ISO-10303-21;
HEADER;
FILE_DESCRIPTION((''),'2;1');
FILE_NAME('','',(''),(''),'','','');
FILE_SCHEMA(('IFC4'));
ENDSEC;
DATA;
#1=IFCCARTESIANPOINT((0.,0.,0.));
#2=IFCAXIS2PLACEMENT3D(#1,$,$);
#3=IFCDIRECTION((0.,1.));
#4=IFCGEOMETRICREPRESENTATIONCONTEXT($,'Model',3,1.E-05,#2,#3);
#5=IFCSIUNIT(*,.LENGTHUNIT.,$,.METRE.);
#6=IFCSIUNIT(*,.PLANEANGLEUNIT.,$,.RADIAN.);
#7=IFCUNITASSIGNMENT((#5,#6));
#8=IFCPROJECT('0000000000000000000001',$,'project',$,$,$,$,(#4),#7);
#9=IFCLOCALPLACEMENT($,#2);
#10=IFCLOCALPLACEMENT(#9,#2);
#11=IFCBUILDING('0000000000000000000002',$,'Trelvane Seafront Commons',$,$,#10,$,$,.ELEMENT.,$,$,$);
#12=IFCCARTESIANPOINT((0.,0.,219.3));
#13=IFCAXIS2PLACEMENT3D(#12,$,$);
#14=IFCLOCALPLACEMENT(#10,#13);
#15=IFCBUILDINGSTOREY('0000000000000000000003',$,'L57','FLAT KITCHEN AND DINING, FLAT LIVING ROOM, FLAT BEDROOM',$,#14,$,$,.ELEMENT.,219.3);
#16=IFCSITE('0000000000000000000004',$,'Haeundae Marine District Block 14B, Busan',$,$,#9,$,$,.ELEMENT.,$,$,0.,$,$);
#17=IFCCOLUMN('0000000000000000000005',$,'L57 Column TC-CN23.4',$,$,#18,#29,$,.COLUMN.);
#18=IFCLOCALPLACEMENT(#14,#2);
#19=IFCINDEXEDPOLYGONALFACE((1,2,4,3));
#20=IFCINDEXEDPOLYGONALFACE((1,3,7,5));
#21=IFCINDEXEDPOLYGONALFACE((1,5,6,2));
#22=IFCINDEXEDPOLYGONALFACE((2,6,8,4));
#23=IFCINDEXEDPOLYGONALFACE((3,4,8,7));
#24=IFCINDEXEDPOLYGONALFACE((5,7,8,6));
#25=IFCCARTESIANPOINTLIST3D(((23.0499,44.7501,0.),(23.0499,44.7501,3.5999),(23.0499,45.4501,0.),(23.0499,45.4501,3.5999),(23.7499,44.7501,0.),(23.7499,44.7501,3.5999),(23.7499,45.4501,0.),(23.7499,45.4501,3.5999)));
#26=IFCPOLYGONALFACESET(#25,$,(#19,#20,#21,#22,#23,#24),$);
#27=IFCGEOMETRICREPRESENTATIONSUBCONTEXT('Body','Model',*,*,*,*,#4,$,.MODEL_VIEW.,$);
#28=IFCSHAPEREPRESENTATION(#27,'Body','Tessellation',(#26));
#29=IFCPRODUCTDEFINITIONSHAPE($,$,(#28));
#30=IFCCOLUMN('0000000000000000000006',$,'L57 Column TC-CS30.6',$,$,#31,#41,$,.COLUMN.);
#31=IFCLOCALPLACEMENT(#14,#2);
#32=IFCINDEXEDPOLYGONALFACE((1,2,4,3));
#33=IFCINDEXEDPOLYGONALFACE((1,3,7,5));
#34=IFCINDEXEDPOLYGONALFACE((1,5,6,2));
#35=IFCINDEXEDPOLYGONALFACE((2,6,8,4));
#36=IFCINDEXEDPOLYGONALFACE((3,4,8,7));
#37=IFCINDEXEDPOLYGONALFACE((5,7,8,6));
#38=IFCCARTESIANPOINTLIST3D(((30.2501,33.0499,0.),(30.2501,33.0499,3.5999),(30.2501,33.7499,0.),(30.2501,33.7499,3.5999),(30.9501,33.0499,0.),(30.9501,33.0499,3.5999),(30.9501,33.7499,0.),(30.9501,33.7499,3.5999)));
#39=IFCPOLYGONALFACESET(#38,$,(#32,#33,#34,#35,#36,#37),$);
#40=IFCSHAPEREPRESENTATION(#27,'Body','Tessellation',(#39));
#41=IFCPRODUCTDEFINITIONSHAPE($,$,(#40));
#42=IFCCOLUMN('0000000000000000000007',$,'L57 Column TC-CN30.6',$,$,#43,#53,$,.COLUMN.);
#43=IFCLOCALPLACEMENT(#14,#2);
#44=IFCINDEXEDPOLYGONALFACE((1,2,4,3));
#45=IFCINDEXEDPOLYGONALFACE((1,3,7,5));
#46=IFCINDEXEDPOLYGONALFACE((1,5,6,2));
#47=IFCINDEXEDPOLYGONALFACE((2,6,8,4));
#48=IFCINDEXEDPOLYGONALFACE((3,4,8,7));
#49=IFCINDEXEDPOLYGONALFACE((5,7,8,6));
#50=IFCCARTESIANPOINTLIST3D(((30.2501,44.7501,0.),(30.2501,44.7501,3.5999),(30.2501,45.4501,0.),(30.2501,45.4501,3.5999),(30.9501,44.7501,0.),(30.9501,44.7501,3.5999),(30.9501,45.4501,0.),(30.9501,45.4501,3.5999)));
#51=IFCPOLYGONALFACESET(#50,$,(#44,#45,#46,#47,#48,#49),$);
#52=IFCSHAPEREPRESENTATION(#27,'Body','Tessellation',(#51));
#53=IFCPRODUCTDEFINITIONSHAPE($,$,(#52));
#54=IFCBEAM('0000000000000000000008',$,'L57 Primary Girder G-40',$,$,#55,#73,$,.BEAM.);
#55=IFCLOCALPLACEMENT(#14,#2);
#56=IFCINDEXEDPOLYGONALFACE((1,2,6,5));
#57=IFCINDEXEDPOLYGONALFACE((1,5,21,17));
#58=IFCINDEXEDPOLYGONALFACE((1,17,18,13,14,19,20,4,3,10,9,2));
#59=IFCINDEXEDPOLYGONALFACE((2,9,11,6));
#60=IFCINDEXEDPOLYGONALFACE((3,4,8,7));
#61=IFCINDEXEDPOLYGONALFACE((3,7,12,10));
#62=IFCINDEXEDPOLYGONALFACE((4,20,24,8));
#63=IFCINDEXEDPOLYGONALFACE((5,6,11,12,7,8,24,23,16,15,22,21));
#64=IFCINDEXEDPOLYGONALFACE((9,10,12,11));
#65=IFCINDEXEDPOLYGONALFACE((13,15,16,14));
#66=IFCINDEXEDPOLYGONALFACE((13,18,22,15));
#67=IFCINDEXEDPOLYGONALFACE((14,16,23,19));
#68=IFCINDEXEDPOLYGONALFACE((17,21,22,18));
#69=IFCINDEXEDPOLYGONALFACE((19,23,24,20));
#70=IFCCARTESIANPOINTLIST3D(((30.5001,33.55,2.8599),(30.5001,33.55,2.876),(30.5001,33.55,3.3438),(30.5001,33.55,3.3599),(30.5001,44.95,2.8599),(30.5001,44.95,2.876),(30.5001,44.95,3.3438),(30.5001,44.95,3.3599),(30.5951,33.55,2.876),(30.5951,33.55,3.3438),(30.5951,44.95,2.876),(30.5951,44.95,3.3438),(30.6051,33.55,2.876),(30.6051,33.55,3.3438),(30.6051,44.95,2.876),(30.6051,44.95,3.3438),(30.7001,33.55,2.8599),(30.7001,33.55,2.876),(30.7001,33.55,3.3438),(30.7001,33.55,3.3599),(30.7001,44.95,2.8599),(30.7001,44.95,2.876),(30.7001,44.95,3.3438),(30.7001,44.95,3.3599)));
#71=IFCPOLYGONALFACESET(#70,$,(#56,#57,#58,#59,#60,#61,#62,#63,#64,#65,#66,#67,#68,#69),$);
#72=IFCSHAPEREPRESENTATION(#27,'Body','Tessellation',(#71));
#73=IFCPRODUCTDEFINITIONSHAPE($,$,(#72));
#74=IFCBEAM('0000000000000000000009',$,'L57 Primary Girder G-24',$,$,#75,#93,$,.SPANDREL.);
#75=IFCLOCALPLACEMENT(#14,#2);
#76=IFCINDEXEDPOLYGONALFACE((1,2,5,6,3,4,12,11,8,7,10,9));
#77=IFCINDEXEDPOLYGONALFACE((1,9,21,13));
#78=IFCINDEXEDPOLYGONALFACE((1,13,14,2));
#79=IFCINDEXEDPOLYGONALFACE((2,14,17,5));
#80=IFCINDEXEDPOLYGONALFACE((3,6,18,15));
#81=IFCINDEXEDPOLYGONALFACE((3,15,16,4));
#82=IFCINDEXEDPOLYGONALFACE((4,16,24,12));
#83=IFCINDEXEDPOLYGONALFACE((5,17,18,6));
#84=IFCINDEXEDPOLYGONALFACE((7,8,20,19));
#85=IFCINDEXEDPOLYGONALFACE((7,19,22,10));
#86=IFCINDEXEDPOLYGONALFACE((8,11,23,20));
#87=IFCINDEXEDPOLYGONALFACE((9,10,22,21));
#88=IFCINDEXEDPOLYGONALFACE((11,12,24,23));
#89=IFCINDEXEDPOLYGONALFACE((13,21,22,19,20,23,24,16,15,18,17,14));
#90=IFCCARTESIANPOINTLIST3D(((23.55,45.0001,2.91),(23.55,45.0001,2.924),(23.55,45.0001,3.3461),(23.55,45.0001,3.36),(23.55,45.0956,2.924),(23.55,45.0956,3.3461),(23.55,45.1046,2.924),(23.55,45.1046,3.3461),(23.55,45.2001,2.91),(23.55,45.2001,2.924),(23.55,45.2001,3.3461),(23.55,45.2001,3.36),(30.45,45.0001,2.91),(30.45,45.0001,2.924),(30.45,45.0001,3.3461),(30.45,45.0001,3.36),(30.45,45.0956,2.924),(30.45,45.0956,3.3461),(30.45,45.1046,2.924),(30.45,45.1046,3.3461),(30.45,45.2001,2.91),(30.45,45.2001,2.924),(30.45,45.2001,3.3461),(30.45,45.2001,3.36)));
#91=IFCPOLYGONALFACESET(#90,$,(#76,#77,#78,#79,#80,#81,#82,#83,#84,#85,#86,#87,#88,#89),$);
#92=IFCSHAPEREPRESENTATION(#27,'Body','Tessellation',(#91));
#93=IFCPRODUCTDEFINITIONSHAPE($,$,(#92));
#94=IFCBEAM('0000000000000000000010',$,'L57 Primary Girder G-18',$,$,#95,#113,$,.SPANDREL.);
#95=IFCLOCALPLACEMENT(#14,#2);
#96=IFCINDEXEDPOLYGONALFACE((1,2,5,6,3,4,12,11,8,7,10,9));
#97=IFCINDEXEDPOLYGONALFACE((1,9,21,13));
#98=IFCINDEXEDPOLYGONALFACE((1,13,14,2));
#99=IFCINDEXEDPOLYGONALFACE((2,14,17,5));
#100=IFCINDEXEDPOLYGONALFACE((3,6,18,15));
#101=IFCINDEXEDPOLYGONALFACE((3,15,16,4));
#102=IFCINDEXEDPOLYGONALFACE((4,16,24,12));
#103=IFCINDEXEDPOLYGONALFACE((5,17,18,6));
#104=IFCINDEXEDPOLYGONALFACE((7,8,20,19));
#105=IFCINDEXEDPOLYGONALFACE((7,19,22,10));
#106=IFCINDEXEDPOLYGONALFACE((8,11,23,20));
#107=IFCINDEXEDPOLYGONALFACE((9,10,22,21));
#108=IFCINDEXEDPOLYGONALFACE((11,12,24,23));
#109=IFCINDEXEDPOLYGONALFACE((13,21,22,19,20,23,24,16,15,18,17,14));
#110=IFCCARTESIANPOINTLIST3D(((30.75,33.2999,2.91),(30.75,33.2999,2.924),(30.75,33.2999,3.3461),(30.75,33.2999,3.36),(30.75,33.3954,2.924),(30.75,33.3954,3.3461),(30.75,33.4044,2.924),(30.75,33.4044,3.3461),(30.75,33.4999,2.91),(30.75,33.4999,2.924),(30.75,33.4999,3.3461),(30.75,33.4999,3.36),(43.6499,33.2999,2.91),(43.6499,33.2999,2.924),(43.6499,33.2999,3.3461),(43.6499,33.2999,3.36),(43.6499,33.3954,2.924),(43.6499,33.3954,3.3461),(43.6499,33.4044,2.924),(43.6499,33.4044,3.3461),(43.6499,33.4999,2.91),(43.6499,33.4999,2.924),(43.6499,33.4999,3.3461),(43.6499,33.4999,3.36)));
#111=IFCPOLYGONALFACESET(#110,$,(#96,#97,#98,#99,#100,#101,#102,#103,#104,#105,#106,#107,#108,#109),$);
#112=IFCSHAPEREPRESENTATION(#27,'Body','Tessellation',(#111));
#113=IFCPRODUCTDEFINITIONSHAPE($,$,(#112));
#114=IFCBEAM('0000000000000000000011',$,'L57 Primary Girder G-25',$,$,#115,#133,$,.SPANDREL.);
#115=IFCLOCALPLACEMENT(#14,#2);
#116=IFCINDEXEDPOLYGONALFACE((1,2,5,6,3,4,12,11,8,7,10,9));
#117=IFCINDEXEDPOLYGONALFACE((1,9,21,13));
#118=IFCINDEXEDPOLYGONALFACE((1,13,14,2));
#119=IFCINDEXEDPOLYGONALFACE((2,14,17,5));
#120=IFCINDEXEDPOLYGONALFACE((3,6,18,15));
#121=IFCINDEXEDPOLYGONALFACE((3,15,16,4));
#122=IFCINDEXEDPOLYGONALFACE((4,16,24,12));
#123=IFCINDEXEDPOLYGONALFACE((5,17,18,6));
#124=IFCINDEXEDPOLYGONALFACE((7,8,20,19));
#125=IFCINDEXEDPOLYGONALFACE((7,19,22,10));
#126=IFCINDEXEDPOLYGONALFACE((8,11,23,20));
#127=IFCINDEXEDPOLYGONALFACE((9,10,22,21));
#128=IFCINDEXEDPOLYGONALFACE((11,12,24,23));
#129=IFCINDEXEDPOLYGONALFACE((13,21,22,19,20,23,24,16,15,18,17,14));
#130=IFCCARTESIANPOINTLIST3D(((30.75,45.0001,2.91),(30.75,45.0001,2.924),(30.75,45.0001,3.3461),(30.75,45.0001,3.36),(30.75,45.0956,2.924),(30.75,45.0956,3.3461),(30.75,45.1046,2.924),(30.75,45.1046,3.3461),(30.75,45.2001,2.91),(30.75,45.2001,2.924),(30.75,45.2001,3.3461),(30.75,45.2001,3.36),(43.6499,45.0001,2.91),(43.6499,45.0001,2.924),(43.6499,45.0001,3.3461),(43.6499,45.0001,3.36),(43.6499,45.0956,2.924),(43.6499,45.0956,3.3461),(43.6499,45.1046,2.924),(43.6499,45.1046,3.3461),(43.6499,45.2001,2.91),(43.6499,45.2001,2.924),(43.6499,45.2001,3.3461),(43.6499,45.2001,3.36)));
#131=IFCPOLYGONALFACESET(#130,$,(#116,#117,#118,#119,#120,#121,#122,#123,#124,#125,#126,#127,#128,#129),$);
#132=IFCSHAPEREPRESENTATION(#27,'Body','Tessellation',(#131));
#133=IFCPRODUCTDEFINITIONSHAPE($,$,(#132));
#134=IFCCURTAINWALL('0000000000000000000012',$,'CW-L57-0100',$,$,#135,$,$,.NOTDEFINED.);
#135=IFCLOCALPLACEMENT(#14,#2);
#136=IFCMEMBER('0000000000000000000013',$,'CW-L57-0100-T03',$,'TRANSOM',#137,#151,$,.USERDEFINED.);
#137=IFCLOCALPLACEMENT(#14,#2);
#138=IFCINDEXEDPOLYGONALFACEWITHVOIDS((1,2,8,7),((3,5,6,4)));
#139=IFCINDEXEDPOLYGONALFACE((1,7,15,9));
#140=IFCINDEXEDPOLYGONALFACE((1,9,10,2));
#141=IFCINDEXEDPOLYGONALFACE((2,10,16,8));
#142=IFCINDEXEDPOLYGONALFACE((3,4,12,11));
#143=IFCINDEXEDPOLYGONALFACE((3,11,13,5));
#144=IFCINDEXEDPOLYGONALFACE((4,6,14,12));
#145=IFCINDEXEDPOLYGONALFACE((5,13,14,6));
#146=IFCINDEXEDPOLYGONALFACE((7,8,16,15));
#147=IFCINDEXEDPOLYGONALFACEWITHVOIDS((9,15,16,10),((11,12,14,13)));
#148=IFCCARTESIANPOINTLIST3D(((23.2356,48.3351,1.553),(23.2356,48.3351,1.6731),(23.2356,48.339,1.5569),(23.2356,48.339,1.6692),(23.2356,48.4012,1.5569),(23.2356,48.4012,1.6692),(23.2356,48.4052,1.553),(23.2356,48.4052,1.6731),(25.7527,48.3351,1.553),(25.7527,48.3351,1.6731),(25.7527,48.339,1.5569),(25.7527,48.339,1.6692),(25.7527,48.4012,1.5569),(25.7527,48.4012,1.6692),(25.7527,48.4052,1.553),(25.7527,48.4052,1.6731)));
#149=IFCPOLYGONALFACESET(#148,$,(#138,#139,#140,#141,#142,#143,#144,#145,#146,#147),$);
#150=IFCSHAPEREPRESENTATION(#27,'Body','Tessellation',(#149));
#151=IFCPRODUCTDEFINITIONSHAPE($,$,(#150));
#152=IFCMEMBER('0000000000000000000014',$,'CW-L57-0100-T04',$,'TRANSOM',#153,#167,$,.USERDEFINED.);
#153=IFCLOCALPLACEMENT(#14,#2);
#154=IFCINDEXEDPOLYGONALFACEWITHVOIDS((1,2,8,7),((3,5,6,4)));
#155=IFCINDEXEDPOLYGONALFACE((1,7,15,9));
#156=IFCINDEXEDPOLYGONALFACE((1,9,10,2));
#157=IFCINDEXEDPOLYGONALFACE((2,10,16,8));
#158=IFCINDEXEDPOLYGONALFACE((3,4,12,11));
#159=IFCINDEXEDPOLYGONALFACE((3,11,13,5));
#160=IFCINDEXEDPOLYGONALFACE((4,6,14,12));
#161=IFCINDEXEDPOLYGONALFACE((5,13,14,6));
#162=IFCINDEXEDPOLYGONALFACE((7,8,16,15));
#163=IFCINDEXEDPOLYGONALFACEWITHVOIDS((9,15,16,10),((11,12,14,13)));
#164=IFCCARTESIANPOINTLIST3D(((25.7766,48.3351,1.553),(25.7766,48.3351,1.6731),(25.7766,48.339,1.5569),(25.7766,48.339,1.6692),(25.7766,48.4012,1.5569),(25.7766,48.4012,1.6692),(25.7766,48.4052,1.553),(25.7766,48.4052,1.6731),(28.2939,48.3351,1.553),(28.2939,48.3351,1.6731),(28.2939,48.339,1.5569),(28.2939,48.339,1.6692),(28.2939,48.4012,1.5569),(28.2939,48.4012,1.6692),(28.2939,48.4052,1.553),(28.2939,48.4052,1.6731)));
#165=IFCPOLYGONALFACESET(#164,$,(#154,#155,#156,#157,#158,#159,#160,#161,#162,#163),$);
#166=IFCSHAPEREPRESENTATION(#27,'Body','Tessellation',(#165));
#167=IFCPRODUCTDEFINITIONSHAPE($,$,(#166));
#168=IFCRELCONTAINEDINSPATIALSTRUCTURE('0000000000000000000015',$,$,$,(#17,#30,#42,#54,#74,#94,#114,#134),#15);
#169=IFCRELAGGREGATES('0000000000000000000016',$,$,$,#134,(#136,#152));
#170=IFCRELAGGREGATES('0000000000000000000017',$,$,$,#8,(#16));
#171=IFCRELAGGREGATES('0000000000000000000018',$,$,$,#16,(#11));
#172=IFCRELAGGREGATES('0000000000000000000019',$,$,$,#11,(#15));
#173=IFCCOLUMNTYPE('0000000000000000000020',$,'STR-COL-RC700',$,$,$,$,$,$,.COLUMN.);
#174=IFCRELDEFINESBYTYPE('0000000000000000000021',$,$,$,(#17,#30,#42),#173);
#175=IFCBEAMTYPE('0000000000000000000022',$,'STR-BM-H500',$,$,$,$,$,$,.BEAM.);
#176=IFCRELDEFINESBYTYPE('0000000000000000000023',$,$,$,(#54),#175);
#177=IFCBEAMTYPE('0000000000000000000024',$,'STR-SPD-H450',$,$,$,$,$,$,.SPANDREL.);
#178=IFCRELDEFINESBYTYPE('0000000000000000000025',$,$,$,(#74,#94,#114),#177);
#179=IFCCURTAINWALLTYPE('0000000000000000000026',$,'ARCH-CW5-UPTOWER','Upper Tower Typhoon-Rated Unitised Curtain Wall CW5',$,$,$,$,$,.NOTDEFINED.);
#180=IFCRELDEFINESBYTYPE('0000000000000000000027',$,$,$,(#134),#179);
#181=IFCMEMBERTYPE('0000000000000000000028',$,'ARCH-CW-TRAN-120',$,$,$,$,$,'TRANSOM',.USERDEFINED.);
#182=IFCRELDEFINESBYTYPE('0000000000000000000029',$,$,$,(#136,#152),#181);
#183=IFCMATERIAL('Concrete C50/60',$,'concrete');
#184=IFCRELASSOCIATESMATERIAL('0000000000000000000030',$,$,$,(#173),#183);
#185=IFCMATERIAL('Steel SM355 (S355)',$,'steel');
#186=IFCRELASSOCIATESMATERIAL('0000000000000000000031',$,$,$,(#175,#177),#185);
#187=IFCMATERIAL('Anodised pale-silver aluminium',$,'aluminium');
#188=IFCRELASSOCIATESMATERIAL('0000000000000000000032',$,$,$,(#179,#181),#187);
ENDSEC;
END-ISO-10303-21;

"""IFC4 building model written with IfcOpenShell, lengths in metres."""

from ifc_helpers import new_model, si_unit, direction, frame, origin, origin_2d, place, context, subcontext, project, spatial, rectangle, hollow_rectangle, i_section, extrude, source, transform, mapped, material, material_profile, profile_set, type_object, element, aggregate, save


model = new_model("IFC4")

# Units and contexts
model_context = context("Model", 3, precision=1e-05, world=origin(), true_north=direction((0.0, 1.0)))
body_context = subcontext(model_context, "Body", "Model", "MODEL_VIEW")
ifc_project = project(units=[si_unit("LENGTHUNIT", "METRE"), si_unit("PLANEANGLEUNIT", "RADIAN")], contexts=[model_context])

# Site, building, storey
site_placement = place(None, origin())
site = spatial("IfcSite", under=ifc_project, at=site_placement, Name="Haeundae Marine District Block 14B, Busan", CompositionType="ELEMENT", RefElevation=0.0)
building_placement = place(site_placement, origin())
building = spatial("IfcBuilding", under=site, at=building_placement, Name="Trelvane Seafront Commons", CompositionType="ELEMENT")
storey_placement = place(building_placement, frame((0.0, 0.0, 219.3)))
storey = spatial("IfcBuildingStorey", under=building, at=storey_placement, Name="L57", Description="FLAT KITCHEN AND DINING, FLAT LIVING ROOM, FLAT BEDROOM", CompositionType="ELEMENT", Elevation=219.3)

# Columns
ifc_material_1 = material(Name="Concrete C50/60", Category="concrete")
ifc_material_profile_1 = material_profile(ifc_material_1, rectangle(XDim=0.7, YDim=0.7, at=origin_2d()), Name="RC-700x700")
ifc_profile_set_1 = profile_set([ifc_material_profile_1], Name="Concrete C50/60")
column_type = type_object("IfcColumnType", Name="STR-COL-RC700", PredefinedType="COLUMN", material=ifc_profile_set_1)
shared_shape_1 = source(origin(), body_context, "Body", "SweptSolid", [
    extrude(rectangle(XDim=0.7, YDim=0.7, at=origin_2d()), origin(), (0.0, 0.0, 1.0), 3.5999),
])
for number, where, z_axis, x_axis, name in (
    (1, (23.3999, 45.1001, 0.0), (0.0, 0.0, 1.0), (1.0, 0.0, 0.0), "L57 Column TC-CN23.4"),
    (2, (30.6001, 33.3999, 0.0), (0.0, 0.0, 1.0), (1.0, 0.0, 0.0), "L57 Column TC-CS30.6"),
    (3, (30.6001, 45.1001, 0.0), (0.0, 0.0, 1.0), (1.0, 0.0, 0.0), "L57 Column TC-CN30.6"),
):
    element("IfcColumn", number, at=place(storey_placement, frame(where, z_axis=z_axis, x_axis=x_axis)), inside=storey, type_object=column_type, Name=name, PredefinedType="COLUMN", context=body_context, shape_type="MappedRepresentation", body=[
        mapped(shared_shape_1, transform((0.0, 0.0, 0.0), x_axis=(1.0, 0.0, 0.0), y_axis=(0.0, 1.0, 0.0), z_axis=(0.0, 0.0, 1.0), scale=1.0)),
    ])

# Beams
ifc_material_2 = material(Name="Steel SM355 (S355)", Category="steel")
ifc_material_profile_2 = material_profile(ifc_material_2, i_section(OverallWidth=0.2, OverallDepth=0.5, WebThickness=0.01, FlangeThickness=0.0161, at=origin_2d()), Name="H-500x200x10x16")
ifc_profile_set_2 = profile_set([ifc_material_profile_2], Name="Steel SM355 (S355)")
beam_type_1 = type_object("IfcBeamType", Name="STR-BM-H500", PredefinedType="BEAM", material=ifc_profile_set_2)
shared_shape_2 = source(origin(), body_context, "Body", "SweptSolid", [
    extrude(i_section(OverallWidth=0.2, OverallDepth=0.5, WebThickness=0.01, FlangeThickness=0.0161, at=origin_2d()), origin(), (0.0, 0.0, 1.0), 11.3999),
])
beam_1_placement = place(storey_placement, frame((30.6001, 33.55, 3.1099), z_axis=(0.0, 1.0, 0.0), x_axis=(-1.0, 0.0, 0.0)))
element("IfcBeam", 4, at=beam_1_placement, inside=storey, type_object=beam_type_1, Name="L57 Primary Girder G-40", PredefinedType="BEAM", context=body_context, shape_type="MappedRepresentation", body=[
    mapped(shared_shape_2, transform((0.0, 0.0, 0.0), x_axis=(1.0, 0.0, 0.0), y_axis=(0.0, 1.0, 0.0), z_axis=(0.0, 0.0, 1.0), scale=1.0)),
])
ifc_material_profile_3 = material_profile(ifc_material_2, i_section(OverallWidth=0.2, OverallDepth=0.45, WebThickness=0.009, FlangeThickness=0.0139, at=origin_2d()), Name="H-450x200x9x14")
ifc_profile_set_3 = profile_set([ifc_material_profile_3], Name="Steel SM355 (S355)")
beam_type_2 = type_object("IfcBeamType", Name="STR-SPD-H450", PredefinedType="SPANDREL", material=ifc_profile_set_3)
shared_shape_3 = source(origin(), body_context, "Body", "SweptSolid", [
    extrude(i_section(OverallWidth=0.2, OverallDepth=0.45, WebThickness=0.009, FlangeThickness=0.0139, at=origin_2d()), origin(), (0.0, 0.0, 1.0), 6.8999),
])
beam_2_placement = place(storey_placement, frame((23.55, 45.1001, 3.135), z_axis=(1.0, 0.0, 0.0), x_axis=(0.0, 1.0, 0.0)))
element("IfcBeam", 5, at=beam_2_placement, inside=storey, type_object=beam_type_2, Name="L57 Primary Girder G-24", PredefinedType="SPANDREL", context=body_context, shape_type="MappedRepresentation", body=[
    mapped(shared_shape_3, transform((0.0, 0.0, 0.0), x_axis=(1.0, 0.0, 0.0), y_axis=(0.0, 1.0, 0.0), z_axis=(0.0, 0.0, 1.0), scale=1.0)),
])
shared_shape_4 = source(origin(), body_context, "Body", "SweptSolid", [
    extrude(i_section(OverallWidth=0.2, OverallDepth=0.45, WebThickness=0.009, FlangeThickness=0.0139, at=origin_2d()), origin(), (0.0, 0.0, 1.0), 12.8999),
])
for number, where, z_axis, x_axis, name in (
    (6, (30.75, 33.3999, 3.135), (1.0, 0.0, 0.0), (0.0, 1.0, 0.0), "L57 Primary Girder G-18"),
    (7, (30.75, 45.1001, 3.135), (1.0, 0.0, 0.0), (0.0, 1.0, 0.0), "L57 Primary Girder G-25"),
):
    element("IfcBeam", number, at=place(storey_placement, frame(where, z_axis=z_axis, x_axis=x_axis)), inside=storey, type_object=beam_type_2, Name=name, PredefinedType="SPANDREL", context=body_context, shape_type="MappedRepresentation", body=[
        mapped(shared_shape_4, transform((0.0, 0.0, 0.0), x_axis=(1.0, 0.0, 0.0), y_axis=(0.0, 1.0, 0.0), z_axis=(0.0, 0.0, 1.0), scale=1.0)),
    ])

# Curtain wall, members
ifc_material_3 = material(Name="Anodised pale-silver aluminium", Category="aluminium")
curtain_wall_type = type_object("IfcCurtainWallType", Name="ARCH-CW5-UPTOWER", Description="Upper Tower Typhoon-Rated Unitised Curtain Wall CW5", PredefinedType="NOTDEFINED", material=ifc_material_3)
curtain_wall_placement = place(storey_placement, origin())
curtain_wall = element("IfcCurtainWall", 8, at=curtain_wall_placement, inside=storey, type_object=curtain_wall_type, Name="CW-L57-0100", PredefinedType="NOTDEFINED")
ifc_material_profile_4 = material_profile(ifc_material_3, hollow_rectangle(XDim=0.0701, YDim=0.1201, WallThickness=0.0039, at=origin_2d()), Name="TRAN-70x120x4")
ifc_profile_set_4 = profile_set([ifc_material_profile_4], Name="Anodised pale-silver aluminium")
member_type_1 = type_object("IfcMemberType", Name="ARCH-CW-TRAN-120", ElementType="TRANSOM", PredefinedType="USERDEFINED", material=ifc_profile_set_4)
shared_shape_5 = source(origin(), body_context, "Body", "SweptSolid", [
    extrude(hollow_rectangle(XDim=0.0701, YDim=0.1201, WallThickness=0.0039, at=origin_2d()), origin(), (0.0, 0.0, 1.0), 2.5171),
])
member_1_placement = place(storey_placement, frame((23.2356, 48.3701, 1.613), z_axis=(1.0, 0.0, 0.0), x_axis=(0.0, 1.0, 0.0)))
member_1 = element("IfcMember", 9, at=member_1_placement, type_object=member_type_1, Name="CW-L57-0100-T03", ObjectType="TRANSOM", PredefinedType="USERDEFINED", context=body_context, shape_type="MappedRepresentation", body=[
    mapped(shared_shape_5, transform((0.0, 0.0, 0.0), x_axis=(1.0, 0.0, 0.0), y_axis=(0.0, 1.0, 0.0), z_axis=(0.0, 0.0, 1.0), scale=1.0)),
])
shared_shape_6 = source(origin(), body_context, "Body", "SweptSolid", [
    extrude(hollow_rectangle(XDim=0.0701, YDim=0.1201, WallThickness=0.0039, at=origin_2d()), origin(), (0.0, 0.0, 1.0), 2.5173),
])
member_2_placement = place(storey_placement, frame((25.7766, 48.3701, 1.613), z_axis=(1.0, 0.0, 0.0), x_axis=(0.0, 1.0, 0.0)))
member_2 = element("IfcMember", 10, at=member_2_placement, type_object=member_type_1, Name="CW-L57-0100-T04", ObjectType="TRANSOM", PredefinedType="USERDEFINED", context=body_context, shape_type="MappedRepresentation", body=[
    mapped(shared_shape_6, transform((0.0, 0.0, 0.0), x_axis=(1.0, 0.0, 0.0), y_axis=(0.0, 1.0, 0.0), z_axis=(0.0, 0.0, 1.0), scale=1.0)),
])
aggregate(curtain_wall, [member_1, member_2])

save(model, "model.ifc")
